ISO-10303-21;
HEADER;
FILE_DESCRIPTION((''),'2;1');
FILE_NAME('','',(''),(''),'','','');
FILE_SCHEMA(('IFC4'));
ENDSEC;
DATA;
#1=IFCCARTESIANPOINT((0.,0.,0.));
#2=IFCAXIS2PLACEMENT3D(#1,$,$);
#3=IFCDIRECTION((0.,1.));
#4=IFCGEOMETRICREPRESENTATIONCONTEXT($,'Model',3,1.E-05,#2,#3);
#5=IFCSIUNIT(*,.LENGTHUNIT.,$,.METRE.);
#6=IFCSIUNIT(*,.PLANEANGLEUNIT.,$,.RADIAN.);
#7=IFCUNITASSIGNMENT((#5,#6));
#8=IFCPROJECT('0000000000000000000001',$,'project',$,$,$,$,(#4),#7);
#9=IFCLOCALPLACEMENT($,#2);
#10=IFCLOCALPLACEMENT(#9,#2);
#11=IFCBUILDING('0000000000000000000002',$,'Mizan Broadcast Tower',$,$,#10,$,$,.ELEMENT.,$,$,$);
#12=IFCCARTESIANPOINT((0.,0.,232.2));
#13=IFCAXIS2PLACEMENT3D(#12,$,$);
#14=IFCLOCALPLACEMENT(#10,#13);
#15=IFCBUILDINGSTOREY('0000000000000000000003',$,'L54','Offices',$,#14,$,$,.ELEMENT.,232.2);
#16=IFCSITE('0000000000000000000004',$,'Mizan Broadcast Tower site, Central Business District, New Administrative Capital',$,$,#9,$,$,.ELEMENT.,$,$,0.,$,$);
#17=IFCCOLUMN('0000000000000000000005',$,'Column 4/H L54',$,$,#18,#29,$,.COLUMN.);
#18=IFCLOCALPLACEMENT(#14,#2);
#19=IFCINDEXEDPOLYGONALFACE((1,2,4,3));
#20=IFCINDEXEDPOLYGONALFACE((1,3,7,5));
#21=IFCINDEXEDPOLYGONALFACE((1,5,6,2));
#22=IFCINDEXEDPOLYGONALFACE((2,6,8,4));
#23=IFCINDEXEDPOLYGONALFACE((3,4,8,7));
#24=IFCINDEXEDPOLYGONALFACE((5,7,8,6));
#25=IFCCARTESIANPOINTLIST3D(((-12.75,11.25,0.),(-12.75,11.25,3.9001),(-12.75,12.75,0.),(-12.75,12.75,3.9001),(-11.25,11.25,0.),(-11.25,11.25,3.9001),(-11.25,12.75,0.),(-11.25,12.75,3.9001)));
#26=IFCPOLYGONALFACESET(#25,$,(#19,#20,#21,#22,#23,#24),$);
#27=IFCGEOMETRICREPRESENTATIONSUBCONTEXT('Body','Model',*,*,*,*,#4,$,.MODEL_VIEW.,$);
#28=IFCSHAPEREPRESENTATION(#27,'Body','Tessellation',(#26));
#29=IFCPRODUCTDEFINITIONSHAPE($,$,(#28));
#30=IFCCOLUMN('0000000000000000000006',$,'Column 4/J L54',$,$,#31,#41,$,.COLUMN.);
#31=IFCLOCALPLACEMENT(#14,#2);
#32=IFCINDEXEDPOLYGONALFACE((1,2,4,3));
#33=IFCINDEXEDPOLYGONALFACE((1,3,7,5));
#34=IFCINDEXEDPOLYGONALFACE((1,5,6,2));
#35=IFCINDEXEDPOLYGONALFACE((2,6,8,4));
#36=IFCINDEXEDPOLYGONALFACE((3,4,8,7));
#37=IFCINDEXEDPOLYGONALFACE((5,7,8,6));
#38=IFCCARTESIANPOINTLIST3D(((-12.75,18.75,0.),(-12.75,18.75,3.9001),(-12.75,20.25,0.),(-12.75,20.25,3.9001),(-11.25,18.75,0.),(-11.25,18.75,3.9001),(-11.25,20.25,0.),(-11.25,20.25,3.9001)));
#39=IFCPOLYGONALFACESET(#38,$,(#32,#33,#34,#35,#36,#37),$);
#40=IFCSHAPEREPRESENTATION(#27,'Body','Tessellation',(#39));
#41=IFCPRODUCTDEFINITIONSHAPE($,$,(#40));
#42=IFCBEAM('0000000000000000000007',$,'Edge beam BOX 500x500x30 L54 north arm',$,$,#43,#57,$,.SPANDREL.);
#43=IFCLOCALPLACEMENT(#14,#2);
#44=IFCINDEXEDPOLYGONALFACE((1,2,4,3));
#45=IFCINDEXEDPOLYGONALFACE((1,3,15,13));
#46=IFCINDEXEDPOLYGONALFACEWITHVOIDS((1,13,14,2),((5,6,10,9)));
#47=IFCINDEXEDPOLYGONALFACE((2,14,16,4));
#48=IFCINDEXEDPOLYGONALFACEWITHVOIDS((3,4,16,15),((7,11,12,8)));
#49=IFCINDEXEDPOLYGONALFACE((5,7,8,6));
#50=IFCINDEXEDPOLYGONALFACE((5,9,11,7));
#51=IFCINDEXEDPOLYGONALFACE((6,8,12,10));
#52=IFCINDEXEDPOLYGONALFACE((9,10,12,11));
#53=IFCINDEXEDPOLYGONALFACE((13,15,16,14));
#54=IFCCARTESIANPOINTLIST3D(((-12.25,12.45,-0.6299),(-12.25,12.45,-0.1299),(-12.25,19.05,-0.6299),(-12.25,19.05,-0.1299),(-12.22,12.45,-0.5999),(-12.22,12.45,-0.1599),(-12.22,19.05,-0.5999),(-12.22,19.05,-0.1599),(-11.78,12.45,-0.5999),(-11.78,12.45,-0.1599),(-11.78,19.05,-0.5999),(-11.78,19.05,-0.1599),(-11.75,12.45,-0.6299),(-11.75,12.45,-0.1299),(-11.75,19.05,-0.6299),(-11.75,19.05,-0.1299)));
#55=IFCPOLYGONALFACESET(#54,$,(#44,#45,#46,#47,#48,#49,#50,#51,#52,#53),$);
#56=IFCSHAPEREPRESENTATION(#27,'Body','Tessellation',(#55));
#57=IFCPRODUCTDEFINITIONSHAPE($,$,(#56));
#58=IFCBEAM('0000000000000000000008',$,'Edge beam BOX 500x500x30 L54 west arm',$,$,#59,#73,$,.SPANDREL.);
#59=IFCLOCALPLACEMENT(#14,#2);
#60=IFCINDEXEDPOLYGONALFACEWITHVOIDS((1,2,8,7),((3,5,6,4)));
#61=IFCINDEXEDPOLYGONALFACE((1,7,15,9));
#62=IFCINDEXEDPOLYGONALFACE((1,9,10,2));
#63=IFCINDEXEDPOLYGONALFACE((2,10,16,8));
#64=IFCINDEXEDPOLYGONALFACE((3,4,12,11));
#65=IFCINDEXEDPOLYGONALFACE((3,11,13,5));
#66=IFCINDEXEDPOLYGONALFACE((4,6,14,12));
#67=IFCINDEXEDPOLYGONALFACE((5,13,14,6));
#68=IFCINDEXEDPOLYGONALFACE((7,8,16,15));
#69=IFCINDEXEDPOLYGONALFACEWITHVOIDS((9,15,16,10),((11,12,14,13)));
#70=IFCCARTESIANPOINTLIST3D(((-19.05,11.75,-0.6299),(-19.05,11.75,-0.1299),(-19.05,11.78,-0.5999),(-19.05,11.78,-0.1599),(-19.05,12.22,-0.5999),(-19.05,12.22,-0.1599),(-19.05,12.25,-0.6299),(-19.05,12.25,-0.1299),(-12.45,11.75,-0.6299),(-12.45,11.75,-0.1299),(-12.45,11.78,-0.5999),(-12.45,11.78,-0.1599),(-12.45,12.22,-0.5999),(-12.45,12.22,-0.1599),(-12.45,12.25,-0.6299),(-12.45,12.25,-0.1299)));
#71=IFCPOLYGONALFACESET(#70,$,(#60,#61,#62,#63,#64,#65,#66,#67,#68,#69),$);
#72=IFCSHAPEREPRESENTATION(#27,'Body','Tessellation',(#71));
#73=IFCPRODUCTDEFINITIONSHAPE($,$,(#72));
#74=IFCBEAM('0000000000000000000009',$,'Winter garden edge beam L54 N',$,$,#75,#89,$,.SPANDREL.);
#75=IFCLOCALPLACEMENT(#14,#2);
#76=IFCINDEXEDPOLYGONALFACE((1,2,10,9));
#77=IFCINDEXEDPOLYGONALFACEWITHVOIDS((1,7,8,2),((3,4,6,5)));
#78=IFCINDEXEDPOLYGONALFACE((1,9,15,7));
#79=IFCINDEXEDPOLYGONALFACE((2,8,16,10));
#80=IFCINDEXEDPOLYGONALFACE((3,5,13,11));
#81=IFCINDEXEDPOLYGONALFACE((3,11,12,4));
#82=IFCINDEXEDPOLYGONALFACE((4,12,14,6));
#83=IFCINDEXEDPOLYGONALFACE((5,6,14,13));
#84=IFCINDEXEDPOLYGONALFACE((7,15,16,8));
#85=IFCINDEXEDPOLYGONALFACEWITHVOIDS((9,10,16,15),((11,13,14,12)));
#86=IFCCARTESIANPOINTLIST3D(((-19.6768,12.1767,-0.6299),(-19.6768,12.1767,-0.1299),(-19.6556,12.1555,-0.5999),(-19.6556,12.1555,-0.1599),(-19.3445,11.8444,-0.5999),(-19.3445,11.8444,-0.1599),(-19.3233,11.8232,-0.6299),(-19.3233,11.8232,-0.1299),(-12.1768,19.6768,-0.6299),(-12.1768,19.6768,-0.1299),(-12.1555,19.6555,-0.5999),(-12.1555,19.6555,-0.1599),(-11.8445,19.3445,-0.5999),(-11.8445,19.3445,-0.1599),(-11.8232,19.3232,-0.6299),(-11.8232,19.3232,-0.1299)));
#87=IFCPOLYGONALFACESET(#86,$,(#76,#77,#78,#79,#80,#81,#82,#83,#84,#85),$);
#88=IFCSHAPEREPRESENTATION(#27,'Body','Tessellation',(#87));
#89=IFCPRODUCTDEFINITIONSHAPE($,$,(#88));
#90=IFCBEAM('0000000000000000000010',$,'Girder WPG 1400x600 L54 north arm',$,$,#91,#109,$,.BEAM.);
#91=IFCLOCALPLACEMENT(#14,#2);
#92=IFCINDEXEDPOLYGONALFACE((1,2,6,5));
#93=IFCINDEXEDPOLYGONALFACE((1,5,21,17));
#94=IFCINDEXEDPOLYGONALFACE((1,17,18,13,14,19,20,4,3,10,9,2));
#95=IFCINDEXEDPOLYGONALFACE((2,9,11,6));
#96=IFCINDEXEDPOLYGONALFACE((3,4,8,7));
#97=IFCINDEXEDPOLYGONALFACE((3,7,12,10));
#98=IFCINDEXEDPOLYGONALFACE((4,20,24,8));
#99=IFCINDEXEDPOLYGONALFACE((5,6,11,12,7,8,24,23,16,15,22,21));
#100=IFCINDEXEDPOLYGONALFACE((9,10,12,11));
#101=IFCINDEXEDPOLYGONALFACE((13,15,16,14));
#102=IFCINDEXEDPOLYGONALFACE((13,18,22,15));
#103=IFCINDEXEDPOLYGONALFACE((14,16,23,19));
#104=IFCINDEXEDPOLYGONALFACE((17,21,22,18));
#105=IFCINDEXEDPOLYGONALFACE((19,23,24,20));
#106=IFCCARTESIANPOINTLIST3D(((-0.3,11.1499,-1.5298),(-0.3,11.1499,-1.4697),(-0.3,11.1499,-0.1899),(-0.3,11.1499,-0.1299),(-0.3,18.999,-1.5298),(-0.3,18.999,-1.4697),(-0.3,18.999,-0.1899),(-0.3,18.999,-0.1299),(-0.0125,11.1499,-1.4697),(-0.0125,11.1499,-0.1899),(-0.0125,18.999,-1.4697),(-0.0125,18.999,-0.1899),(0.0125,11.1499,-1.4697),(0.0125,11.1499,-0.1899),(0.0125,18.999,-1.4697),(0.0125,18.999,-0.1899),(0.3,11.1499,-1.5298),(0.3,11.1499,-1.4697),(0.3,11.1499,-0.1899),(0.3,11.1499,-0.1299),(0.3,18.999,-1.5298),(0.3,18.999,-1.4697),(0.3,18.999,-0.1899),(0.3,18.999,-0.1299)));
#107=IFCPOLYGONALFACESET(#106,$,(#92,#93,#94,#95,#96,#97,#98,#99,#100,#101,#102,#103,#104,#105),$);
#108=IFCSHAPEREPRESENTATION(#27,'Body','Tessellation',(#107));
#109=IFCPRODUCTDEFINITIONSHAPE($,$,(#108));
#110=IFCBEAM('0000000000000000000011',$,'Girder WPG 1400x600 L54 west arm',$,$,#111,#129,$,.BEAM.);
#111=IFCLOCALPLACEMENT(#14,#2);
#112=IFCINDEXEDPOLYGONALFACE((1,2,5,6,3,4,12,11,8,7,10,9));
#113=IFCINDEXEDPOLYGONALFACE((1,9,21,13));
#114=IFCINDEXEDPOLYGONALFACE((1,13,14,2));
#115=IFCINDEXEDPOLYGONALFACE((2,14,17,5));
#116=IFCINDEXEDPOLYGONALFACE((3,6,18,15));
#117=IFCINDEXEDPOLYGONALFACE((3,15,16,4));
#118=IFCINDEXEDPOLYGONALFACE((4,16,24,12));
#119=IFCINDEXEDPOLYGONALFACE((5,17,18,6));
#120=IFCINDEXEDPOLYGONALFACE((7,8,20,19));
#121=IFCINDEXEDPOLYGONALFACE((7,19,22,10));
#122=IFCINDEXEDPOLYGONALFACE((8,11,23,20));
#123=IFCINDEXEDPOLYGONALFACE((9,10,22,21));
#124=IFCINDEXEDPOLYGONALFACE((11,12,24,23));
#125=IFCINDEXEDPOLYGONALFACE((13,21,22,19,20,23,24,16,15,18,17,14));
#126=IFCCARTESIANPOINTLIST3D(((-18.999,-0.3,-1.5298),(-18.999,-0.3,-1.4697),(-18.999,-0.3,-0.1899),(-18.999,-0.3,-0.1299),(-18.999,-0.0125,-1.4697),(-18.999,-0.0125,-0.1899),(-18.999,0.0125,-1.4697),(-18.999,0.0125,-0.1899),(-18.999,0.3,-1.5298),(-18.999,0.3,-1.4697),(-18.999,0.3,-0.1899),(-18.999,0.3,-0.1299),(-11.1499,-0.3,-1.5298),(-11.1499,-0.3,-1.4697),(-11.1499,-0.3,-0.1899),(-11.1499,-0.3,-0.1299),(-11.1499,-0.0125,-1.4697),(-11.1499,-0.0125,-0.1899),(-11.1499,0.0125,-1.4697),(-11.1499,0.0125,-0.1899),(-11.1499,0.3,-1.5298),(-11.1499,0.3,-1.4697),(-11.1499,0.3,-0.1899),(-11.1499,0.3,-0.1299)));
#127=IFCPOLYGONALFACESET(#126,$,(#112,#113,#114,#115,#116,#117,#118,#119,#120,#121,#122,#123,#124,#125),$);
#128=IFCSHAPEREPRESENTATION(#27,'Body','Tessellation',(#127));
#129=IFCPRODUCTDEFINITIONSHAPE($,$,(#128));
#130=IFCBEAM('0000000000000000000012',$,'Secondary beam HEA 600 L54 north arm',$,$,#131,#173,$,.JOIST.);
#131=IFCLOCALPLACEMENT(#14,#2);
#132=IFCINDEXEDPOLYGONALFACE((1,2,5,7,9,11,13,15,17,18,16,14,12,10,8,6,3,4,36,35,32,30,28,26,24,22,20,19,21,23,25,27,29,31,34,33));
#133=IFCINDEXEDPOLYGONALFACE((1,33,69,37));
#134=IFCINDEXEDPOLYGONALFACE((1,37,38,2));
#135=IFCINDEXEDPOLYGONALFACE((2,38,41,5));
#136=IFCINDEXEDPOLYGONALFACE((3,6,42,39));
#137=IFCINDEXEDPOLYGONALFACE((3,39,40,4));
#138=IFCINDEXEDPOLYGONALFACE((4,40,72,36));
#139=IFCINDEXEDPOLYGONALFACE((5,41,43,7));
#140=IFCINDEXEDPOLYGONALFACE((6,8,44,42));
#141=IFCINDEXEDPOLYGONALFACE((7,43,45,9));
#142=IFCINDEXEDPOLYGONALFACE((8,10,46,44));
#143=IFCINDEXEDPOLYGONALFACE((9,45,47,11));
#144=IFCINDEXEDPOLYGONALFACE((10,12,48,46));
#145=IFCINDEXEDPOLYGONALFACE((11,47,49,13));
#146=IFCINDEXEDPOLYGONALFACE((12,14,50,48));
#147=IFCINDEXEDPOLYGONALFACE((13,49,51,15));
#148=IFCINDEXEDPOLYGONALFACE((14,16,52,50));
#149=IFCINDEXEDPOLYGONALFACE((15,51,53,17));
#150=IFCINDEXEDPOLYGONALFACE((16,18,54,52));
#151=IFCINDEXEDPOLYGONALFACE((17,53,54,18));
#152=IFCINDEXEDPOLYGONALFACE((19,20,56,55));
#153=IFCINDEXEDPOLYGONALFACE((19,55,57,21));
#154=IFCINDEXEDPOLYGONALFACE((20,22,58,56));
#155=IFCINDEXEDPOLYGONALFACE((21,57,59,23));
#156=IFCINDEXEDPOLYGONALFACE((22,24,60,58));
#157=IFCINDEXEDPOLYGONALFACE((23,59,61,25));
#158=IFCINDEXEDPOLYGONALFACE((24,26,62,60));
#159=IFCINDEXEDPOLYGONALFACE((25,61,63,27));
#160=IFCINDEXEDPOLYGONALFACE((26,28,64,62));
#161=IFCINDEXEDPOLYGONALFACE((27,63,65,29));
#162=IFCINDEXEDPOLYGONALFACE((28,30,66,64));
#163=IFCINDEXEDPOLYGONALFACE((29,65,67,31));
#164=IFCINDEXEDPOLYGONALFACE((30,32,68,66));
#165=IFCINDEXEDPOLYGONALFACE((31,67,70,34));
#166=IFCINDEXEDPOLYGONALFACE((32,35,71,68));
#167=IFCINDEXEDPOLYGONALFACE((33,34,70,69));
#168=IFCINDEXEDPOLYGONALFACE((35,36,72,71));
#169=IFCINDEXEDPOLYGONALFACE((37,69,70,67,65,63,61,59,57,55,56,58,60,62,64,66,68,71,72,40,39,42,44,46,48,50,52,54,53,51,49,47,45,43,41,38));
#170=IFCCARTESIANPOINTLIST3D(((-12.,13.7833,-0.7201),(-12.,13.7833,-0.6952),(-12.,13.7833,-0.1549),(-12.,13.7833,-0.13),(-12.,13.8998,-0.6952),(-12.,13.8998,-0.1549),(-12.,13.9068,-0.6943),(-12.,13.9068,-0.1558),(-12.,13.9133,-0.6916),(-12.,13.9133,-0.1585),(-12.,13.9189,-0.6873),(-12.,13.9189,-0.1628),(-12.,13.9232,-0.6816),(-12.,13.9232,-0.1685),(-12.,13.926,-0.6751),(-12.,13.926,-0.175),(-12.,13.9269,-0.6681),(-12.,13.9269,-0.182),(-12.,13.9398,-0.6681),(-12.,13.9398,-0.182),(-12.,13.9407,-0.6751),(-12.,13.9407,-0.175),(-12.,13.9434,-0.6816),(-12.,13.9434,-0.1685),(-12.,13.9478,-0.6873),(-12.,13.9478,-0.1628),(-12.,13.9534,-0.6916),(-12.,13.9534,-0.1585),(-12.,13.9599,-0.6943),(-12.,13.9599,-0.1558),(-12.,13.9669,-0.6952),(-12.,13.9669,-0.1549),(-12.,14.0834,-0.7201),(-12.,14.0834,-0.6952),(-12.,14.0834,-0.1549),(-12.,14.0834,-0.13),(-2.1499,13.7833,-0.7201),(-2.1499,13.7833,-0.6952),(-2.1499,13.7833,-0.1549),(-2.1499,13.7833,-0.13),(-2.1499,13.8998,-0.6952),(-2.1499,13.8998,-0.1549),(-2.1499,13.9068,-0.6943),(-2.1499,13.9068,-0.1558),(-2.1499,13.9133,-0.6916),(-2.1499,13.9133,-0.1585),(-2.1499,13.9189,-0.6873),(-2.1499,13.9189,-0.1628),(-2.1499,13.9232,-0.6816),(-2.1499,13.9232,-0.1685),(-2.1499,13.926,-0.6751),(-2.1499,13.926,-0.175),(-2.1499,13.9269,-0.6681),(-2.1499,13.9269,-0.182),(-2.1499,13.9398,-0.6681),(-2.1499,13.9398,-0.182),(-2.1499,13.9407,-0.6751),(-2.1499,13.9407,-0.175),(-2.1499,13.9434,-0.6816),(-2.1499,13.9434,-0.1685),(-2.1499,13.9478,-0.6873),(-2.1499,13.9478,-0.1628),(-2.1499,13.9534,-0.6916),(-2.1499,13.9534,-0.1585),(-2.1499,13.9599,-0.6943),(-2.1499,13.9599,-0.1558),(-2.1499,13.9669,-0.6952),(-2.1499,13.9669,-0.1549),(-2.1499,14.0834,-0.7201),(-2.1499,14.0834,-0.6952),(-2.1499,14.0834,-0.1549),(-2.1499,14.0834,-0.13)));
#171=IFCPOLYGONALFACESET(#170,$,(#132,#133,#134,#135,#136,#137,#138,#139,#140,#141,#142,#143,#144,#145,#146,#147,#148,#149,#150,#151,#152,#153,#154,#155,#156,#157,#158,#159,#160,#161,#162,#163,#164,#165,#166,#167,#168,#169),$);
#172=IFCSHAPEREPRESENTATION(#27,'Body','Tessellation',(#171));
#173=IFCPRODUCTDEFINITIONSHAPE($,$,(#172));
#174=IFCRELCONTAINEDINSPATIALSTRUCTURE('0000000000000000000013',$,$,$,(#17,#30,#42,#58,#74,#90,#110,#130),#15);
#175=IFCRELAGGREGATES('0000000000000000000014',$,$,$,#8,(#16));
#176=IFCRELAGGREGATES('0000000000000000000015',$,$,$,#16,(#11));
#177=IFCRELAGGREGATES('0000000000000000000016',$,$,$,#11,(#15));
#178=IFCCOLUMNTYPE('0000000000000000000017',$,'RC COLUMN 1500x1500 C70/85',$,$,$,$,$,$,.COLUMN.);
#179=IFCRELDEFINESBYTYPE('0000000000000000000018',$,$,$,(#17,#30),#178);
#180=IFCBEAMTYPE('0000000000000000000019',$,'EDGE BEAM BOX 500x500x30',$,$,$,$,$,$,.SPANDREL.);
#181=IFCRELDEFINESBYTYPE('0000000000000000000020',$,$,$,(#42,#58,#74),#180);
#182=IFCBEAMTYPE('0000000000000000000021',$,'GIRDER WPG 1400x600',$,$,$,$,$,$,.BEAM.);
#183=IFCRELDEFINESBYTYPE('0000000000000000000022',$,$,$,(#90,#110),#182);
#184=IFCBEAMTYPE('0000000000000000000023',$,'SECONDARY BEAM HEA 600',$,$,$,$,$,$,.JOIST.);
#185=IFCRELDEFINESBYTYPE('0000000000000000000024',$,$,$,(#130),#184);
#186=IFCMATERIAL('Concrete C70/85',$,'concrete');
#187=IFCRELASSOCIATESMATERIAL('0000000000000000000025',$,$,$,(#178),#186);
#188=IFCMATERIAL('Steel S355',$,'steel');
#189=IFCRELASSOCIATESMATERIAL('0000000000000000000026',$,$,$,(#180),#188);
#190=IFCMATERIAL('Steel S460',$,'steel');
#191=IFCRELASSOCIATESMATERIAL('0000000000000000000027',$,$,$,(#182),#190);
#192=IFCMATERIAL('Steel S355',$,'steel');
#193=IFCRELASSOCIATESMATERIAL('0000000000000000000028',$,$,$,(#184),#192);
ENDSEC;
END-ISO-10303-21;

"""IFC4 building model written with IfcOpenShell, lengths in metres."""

from ifc_helpers import new_model, si_unit, direction, frame, origin, origin_2d, place, context, subcontext, project, spatial, rectangle, hollow_rectangle, i_section, extrude, material, material_profile, profile_set, type_object, element, save


model = new_model("IFC4")

# Units and contexts
model_context = context("Model", 3, precision=1e-05, world=origin(), true_north=direction((0.0, 1.0)))
body_context = subcontext(model_context, "Body", "Model", "MODEL_VIEW")
ifc_project = project(units=[si_unit("LENGTHUNIT", "METRE"), si_unit("PLANEANGLEUNIT", "RADIAN")], contexts=[model_context])

# Site, building, storey
site_placement = place(None, origin())
site = spatial("IfcSite", under=ifc_project, at=site_placement, Name="Mizan Broadcast Tower site, Central Business District, New Administrative Capital", CompositionType="ELEMENT", RefElevation=0.0)
building_placement = place(site_placement, origin())
building = spatial("IfcBuilding", under=site, at=building_placement, Name="Mizan Broadcast Tower", CompositionType="ELEMENT")
storey_placement = place(building_placement, frame((0.0, 0.0, 232.2)))
storey = spatial("IfcBuildingStorey", under=building, at=storey_placement, Name="L54", Description="Offices", CompositionType="ELEMENT", Elevation=232.2)

# Columns
ifc_material_1 = material(Name="Concrete C70/85", Category="concrete")
ifc_material_profile_1 = material_profile(ifc_material_1, rectangle(XDim=1.5, YDim=1.5, at=origin_2d()), Name="RC 1500x1500")
ifc_profile_set_1 = profile_set([ifc_material_profile_1], Name="Concrete C70/85")
column_type = type_object("IfcColumnType", Name="RC COLUMN 1500x1500 C70/85", PredefinedType="COLUMN", material=ifc_profile_set_1)
for number, where, z_axis, x_axis, name in (
    (1, (-12.0, 12.0, 0.0), (0.0, 0.0, 1.0), (1.0, 0.0, 0.0), "Column 4/H L54"),
    (2, (-12.0, 19.5, 0.0), (0.0, 0.0, 1.0), (1.0, 0.0, 0.0), "Column 4/J L54"),
):
    element("IfcColumn", number, at=place(storey_placement, frame(where, z_axis=z_axis, x_axis=x_axis)), inside=storey, type_object=column_type, Name=name, PredefinedType="COLUMN", context=body_context, shape_type="SweptSolid", body=[
        extrude(rectangle(XDim=1.5, YDim=1.5, at=origin_2d()), origin(), (0.0, 0.0, 1.0), 3.9001),
    ])

# Beams
ifc_material_2 = material(Name="Steel S355", Category="steel")
ifc_material_profile_2 = material_profile(ifc_material_2, hollow_rectangle(XDim=0.5, YDim=0.5, WallThickness=0.03, at=origin_2d()), Name="BOX 500x500x30")
ifc_profile_set_2 = profile_set([ifc_material_profile_2], Name="Steel S355")
beam_type_1 = type_object("IfcBeamType", Name="EDGE BEAM BOX 500x500x30", PredefinedType="SPANDREL", material=ifc_profile_set_2)
for number, where, z_axis, x_axis, name in (
    (3, (-12.0, 12.45, -0.3799), (0.0, 1.0, 0.0), (-1.0, 0.0, 0.0), "Edge beam BOX 500x500x30 L54 north arm"),
    (4, (-12.45, 12.0, -0.3799), (-1.0, 0.0, 0.0), (0.0, -1.0, 0.0), "Edge beam BOX 500x500x30 L54 west arm"),
):
    element("IfcBeam", number, at=place(storey_placement, frame(where, z_axis=z_axis, x_axis=x_axis)), inside=storey, type_object=beam_type_1, Name=name, PredefinedType="SPANDREL", context=body_context, shape_type="SweptSolid", body=[
        extrude(hollow_rectangle(XDim=0.5, YDim=0.5, WallThickness=0.03, at=origin_2d()), origin(), (0.0, 0.0, 1.0), 6.6001),
    ])
beam_1_placement = place(storey_placement, frame((-12.0, 19.5, -0.3799), z_axis=(-0.707107, -0.707107, 0.0), x_axis=(0.707107, -0.707107, 0.0)))
element("IfcBeam", 5, at=beam_1_placement, inside=storey, type_object=beam_type_1, Name="Winter garden edge beam L54 N", PredefinedType="SPANDREL", context=body_context, shape_type="SweptSolid", body=[
    extrude(hollow_rectangle(XDim=0.5, YDim=0.5, WallThickness=0.03, at=origin_2d()), origin(), (0.0, 0.0, 1.0), 10.6067),
])
ifc_material_3 = material(Name="Steel S460", Category="steel")
ifc_material_profile_3 = material_profile(ifc_material_3, i_section(OverallWidth=0.6001, OverallDepth=1.3999, WebThickness=0.0249, FlangeThickness=0.0601, at=origin_2d()), Name="WPG 1400x600")
ifc_profile_set_3 = profile_set([ifc_material_profile_3], Name="Steel S460")
beam_type_2 = type_object("IfcBeamType", Name="GIRDER WPG 1400x600", PredefinedType="BEAM", material=ifc_profile_set_3)
for number, where, z_axis, x_axis, name in (
    (6, (0.0, 11.1499, -0.8298), (0.0, 1.0, 0.0), (-1.0, 0.0, 0.0), "Girder WPG 1400x600 L54 north arm"),
    (7, (-11.1499, 0.0, -0.8298), (-1.0, 0.0, 0.0), (0.0, -1.0, 0.0), "Girder WPG 1400x600 L54 west arm"),
):
    element("IfcBeam", number, at=place(storey_placement, frame(where, z_axis=z_axis, x_axis=x_axis)), inside=storey, type_object=beam_type_2, Name=name, PredefinedType="BEAM", context=body_context, shape_type="SweptSolid", body=[
        extrude(i_section(OverallWidth=0.6001, OverallDepth=1.3999, WebThickness=0.0249, FlangeThickness=0.0601, at=origin_2d()), origin(), (0.0, 0.0, 1.0), 7.8491),
    ])
ifc_material_4 = material(Name="Steel S355", Category="steel")
ifc_material_profile_4 = material_profile(ifc_material_4, i_section(OverallWidth=0.3, OverallDepth=0.5901, WebThickness=0.0129, FlangeThickness=0.0249, FilletRadius=0.0271, at=origin_2d()), Name="HEA 600")
ifc_profile_set_4 = profile_set([ifc_material_profile_4], Name="Steel S355")
beam_type_3 = type_object("IfcBeamType", Name="SECONDARY BEAM HEA 600", PredefinedType="JOIST", material=ifc_profile_set_4)
for number, where, z_axis, x_axis, name in (
    (8, (-12.0, 13.9333, -0.425), (1.0, 0.0, 0.0), (0.0, 1.0, 0.0), "Secondary beam HEA 600 L54 north arm"),
):
    element("IfcBeam", number, at=place(storey_placement, frame(where, z_axis=z_axis, x_axis=x_axis)), inside=storey, type_object=beam_type_3, Name=name, PredefinedType="JOIST", context=body_context, shape_type="SweptSolid", body=[
        extrude(i_section(OverallWidth=0.3, OverallDepth=0.5901, WebThickness=0.0129, FlangeThickness=0.0249, FilletRadius=0.0271, at=origin_2d()), origin(), (0.0, 0.0, 1.0), 9.8501),
    ])

save(model, "model.ifc")
